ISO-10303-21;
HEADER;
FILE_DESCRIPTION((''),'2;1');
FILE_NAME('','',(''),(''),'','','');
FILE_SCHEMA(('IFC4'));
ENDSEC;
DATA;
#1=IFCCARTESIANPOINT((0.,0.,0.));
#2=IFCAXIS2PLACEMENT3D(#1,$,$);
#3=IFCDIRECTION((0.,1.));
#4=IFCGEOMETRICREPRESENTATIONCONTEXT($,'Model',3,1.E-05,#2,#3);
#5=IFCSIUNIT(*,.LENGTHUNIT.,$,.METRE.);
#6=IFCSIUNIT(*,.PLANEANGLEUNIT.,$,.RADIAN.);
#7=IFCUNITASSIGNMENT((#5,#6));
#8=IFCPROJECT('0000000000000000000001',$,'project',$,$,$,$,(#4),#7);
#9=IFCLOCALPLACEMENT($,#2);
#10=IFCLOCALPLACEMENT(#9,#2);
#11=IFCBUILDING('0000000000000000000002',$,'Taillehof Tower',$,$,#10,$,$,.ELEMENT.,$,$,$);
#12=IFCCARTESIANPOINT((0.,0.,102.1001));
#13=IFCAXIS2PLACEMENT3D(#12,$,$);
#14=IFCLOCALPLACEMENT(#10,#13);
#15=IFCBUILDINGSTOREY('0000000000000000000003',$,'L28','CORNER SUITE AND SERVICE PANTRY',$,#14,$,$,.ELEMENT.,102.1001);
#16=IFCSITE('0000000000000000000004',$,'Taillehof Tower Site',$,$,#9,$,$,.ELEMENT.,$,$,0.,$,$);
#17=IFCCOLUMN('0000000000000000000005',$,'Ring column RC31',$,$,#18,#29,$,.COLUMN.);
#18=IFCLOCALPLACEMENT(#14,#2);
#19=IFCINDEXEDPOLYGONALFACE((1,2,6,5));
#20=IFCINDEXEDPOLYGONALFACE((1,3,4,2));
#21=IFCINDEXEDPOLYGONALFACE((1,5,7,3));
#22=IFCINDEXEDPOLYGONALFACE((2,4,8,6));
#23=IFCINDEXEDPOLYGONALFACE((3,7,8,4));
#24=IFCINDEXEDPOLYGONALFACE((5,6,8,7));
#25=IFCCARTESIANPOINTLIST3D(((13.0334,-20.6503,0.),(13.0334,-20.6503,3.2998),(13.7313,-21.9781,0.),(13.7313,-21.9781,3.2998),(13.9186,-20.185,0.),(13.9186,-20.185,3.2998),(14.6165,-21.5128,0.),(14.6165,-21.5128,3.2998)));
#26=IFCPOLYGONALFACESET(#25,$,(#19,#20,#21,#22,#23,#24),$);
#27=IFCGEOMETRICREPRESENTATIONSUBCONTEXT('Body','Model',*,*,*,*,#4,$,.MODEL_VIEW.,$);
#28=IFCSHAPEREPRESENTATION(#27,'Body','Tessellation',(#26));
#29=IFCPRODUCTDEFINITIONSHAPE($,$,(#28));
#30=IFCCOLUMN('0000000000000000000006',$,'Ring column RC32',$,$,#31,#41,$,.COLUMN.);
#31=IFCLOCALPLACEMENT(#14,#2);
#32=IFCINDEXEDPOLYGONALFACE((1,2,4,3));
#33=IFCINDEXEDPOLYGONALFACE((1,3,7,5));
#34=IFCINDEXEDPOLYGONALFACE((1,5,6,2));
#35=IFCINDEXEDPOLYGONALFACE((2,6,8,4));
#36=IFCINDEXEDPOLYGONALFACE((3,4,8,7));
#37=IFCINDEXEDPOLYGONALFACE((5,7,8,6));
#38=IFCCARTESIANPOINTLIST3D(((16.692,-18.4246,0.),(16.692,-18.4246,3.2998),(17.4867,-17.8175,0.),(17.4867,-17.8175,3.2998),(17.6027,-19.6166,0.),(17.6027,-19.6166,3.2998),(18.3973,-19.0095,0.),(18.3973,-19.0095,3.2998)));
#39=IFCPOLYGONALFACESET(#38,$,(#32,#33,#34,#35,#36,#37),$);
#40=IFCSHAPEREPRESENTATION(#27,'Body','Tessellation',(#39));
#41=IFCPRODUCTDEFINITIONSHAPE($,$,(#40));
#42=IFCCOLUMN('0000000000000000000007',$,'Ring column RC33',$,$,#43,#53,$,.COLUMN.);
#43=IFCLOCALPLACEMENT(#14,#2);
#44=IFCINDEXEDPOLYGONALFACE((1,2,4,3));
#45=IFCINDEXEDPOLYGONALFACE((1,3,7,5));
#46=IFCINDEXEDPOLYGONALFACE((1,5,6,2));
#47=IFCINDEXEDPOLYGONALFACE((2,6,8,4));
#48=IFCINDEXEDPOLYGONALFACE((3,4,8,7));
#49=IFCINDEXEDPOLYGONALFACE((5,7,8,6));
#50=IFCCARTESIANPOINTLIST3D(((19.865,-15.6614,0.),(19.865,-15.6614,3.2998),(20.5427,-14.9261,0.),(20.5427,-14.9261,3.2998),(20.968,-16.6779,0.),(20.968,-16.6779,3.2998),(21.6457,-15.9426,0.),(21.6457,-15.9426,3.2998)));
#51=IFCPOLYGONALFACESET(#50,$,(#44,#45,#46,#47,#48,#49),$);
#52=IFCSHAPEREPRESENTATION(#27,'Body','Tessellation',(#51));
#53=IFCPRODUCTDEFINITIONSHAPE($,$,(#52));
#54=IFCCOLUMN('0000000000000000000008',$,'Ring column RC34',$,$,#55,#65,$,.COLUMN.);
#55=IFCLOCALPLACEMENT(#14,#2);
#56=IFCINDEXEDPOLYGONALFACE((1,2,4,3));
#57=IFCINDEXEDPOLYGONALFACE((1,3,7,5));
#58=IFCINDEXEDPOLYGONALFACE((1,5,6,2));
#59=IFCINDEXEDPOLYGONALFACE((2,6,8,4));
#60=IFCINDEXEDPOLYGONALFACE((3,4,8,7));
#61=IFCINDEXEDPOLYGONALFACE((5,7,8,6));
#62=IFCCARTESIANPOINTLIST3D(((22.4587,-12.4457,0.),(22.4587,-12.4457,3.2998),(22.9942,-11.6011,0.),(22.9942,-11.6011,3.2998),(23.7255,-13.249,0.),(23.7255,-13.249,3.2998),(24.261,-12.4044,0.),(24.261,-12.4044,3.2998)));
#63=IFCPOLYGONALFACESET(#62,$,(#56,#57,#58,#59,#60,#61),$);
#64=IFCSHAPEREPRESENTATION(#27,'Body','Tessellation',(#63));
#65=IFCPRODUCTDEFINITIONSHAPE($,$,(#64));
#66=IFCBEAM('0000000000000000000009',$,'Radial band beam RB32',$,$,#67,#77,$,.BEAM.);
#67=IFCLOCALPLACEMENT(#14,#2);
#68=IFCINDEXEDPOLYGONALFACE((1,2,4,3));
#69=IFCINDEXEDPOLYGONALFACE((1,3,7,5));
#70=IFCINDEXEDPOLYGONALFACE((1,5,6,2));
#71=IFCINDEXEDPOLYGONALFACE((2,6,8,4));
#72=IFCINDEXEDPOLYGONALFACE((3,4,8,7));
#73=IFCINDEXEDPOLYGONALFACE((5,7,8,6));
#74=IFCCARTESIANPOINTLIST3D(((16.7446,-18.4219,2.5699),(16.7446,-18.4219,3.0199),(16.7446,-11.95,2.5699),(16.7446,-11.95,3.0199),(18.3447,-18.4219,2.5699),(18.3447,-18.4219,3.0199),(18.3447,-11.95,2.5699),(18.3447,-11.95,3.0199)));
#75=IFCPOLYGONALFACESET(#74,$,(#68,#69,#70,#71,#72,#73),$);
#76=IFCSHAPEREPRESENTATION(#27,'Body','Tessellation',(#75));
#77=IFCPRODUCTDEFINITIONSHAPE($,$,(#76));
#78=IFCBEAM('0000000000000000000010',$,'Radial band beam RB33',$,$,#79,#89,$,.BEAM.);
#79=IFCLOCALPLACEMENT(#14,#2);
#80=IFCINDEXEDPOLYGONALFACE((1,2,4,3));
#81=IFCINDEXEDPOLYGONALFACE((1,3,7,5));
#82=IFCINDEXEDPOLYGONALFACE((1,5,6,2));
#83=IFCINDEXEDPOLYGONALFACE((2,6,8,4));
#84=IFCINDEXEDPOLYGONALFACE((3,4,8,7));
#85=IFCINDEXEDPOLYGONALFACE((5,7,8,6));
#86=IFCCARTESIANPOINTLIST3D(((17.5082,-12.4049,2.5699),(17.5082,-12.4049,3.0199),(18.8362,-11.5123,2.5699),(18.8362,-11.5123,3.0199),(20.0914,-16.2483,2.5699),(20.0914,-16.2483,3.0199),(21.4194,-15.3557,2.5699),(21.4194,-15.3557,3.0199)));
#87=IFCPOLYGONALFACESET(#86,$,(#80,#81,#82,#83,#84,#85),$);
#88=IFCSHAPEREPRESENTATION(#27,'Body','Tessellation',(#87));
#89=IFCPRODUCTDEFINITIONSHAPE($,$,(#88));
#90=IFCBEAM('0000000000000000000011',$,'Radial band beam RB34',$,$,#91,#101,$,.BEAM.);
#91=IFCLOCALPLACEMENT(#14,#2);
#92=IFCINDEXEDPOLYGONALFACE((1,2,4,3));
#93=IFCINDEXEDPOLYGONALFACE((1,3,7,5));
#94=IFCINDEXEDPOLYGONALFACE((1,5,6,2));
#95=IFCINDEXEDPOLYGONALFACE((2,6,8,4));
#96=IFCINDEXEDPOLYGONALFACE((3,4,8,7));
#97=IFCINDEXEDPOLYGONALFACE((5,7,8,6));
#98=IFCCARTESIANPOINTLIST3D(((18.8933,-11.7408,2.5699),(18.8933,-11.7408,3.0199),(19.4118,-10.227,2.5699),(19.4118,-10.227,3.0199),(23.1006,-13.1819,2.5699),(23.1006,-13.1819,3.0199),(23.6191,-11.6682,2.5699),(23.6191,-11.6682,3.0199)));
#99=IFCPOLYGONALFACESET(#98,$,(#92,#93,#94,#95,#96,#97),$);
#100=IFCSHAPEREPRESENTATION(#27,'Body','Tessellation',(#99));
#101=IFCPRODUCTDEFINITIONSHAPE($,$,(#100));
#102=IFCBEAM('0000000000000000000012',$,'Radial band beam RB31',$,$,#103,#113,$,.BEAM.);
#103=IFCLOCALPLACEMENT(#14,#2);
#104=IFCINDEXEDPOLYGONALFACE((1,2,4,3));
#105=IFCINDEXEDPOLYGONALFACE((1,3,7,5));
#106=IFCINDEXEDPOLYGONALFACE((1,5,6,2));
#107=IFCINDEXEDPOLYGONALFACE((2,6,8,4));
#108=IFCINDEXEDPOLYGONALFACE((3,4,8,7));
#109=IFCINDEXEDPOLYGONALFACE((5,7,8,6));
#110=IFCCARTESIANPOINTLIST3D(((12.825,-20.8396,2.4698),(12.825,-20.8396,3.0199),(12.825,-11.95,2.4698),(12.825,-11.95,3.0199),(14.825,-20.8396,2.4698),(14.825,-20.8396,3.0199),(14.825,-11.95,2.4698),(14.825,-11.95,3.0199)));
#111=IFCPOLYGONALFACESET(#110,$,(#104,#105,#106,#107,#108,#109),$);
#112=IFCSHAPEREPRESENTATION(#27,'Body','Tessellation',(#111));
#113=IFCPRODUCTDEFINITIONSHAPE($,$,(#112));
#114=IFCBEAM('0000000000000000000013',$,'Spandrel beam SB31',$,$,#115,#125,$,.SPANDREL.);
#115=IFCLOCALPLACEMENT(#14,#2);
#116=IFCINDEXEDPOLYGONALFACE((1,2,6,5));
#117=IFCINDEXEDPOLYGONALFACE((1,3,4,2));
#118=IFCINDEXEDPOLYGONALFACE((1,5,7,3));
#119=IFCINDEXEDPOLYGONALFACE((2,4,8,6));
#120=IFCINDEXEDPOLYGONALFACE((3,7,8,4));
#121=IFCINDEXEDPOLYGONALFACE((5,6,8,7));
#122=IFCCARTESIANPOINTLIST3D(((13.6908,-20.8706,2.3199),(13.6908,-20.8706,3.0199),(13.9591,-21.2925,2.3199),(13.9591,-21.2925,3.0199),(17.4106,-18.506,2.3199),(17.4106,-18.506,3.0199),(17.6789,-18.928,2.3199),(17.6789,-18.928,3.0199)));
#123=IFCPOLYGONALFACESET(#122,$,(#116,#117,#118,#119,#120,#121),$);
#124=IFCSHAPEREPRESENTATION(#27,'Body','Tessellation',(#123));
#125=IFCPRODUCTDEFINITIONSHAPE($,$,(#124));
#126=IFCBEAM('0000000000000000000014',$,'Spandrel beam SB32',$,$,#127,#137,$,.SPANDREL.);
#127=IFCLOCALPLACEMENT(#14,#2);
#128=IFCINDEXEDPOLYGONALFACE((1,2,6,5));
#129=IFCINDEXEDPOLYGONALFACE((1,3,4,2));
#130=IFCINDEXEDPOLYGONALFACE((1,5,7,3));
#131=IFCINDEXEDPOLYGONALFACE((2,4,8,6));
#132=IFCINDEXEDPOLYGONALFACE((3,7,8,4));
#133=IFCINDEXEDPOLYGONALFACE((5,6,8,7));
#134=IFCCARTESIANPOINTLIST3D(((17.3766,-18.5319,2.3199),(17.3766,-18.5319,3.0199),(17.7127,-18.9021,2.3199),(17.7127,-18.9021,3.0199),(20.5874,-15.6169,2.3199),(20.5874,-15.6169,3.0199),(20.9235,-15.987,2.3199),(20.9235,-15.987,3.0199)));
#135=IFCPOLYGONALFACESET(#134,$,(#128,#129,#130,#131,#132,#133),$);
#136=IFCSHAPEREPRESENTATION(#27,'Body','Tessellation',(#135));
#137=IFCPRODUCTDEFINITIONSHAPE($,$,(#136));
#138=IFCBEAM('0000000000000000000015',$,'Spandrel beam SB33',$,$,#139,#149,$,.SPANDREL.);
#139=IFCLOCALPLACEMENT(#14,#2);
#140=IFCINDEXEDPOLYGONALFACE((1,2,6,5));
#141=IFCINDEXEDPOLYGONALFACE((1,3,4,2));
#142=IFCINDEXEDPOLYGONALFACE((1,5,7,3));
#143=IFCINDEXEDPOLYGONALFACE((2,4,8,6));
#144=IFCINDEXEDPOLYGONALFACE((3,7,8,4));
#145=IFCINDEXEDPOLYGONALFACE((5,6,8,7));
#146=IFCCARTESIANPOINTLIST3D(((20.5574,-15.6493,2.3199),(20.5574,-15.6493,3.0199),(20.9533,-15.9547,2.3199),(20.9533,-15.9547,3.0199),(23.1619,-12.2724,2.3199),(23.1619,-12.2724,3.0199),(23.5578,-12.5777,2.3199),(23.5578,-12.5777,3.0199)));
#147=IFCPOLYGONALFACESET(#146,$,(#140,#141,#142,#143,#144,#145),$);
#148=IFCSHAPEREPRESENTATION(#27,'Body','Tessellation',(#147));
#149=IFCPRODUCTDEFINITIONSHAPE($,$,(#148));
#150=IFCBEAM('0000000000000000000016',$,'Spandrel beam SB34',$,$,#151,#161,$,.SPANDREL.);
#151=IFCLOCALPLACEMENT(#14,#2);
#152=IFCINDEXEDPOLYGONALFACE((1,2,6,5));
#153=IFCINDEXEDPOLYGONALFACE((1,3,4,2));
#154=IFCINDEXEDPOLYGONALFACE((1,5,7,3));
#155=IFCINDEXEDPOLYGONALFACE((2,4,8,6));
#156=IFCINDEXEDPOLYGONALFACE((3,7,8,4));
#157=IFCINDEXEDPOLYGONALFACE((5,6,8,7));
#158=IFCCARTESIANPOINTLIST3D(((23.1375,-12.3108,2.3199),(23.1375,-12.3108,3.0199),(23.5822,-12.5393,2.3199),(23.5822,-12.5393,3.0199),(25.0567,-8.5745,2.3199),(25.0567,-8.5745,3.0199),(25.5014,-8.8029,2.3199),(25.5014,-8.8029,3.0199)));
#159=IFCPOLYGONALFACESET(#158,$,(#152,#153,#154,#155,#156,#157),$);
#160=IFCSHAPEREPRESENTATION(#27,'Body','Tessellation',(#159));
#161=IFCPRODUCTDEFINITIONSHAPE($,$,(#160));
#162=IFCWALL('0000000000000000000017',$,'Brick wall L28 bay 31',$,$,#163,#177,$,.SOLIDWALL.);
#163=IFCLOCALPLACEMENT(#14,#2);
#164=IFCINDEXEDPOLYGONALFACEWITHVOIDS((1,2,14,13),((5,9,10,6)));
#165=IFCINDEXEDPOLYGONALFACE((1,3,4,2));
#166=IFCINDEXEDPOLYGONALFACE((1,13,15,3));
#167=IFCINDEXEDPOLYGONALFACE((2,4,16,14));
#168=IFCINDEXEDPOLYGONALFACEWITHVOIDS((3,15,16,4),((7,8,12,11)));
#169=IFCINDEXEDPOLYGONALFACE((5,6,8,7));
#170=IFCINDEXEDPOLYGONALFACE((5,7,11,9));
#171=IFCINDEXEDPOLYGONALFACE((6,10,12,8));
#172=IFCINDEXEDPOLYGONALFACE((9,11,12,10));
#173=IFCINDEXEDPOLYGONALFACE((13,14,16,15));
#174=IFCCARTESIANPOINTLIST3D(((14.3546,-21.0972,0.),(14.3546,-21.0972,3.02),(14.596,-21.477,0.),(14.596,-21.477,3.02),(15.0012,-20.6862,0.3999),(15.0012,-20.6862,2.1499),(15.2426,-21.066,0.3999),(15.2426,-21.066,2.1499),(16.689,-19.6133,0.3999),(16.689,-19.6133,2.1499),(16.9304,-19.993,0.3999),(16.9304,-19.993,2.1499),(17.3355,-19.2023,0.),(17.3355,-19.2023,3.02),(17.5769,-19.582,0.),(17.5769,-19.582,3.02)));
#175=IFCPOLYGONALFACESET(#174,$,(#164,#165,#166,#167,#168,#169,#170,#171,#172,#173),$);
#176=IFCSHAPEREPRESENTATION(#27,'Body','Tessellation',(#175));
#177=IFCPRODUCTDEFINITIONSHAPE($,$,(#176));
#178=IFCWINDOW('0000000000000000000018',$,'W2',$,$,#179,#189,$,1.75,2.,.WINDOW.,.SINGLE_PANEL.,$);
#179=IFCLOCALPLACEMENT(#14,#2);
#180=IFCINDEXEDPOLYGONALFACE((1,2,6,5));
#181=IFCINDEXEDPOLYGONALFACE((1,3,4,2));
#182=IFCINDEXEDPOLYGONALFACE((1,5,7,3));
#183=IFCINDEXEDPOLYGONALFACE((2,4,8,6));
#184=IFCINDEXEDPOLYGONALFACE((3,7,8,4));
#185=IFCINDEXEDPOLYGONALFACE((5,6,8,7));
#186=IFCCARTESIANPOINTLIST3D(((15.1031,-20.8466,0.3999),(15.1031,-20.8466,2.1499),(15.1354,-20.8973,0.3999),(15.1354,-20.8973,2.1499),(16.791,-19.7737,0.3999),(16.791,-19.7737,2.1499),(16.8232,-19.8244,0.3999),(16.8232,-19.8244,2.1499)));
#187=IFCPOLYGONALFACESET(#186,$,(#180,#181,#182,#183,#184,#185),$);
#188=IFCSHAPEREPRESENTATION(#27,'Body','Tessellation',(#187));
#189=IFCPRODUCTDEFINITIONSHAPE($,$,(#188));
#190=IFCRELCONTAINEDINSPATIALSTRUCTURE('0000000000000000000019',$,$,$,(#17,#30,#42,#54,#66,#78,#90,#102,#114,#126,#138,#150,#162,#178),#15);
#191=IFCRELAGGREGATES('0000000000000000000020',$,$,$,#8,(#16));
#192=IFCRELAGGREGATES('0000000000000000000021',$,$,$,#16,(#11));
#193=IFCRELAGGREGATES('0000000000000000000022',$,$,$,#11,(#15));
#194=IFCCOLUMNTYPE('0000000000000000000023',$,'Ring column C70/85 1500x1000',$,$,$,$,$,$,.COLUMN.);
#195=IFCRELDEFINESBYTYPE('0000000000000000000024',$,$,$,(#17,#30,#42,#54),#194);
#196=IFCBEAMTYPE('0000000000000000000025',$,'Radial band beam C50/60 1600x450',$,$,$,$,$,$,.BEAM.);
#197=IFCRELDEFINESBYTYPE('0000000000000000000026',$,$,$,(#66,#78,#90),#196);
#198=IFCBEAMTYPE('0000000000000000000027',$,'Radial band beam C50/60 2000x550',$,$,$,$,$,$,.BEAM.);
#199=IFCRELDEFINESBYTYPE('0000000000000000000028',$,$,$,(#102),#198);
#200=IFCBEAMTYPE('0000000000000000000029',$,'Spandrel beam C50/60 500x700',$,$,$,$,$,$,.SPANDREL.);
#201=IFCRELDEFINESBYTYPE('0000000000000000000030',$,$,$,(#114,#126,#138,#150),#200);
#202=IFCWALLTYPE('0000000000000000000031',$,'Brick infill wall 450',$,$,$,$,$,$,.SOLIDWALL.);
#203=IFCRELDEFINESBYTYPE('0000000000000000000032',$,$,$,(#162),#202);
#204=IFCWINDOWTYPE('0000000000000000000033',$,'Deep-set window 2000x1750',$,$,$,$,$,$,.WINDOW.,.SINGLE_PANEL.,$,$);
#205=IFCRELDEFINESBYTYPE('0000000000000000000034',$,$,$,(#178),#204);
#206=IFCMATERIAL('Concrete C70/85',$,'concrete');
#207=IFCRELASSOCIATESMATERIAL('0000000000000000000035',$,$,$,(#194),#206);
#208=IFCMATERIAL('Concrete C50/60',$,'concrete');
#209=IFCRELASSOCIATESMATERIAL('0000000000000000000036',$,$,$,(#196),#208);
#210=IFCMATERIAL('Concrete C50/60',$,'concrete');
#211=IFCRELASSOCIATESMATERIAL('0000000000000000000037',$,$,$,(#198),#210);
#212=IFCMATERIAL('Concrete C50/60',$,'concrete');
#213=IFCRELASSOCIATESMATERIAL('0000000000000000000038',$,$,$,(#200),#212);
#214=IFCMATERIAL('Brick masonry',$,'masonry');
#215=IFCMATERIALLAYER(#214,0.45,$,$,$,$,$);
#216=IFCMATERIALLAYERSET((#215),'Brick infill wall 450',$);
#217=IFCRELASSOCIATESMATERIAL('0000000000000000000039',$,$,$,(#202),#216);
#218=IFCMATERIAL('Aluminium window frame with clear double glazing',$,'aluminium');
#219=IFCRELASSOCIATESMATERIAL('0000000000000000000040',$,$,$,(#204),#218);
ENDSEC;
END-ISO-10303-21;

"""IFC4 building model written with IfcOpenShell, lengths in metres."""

from ifc_helpers import new_model, si_unit, direction, frame, frame_2d, origin, origin_2d, place, context, subcontext, project, spatial, rectangle, extrude, material, layer, layer_set, material_profile, profile_set, type_object, element, fill, save


model = new_model("IFC4")

# Units and contexts
model_context = context("Model", 3, precision=1e-05, world=origin(), true_north=direction((0.0, 1.0)))
body_context = subcontext(model_context, "Body", "Model", "MODEL_VIEW")
ifc_project = project(units=[si_unit("LENGTHUNIT", "METRE"), si_unit("PLANEANGLEUNIT", "RADIAN")], contexts=[model_context])

# Site, building, storey
site_placement = place(None, origin())
site = spatial("IfcSite", under=ifc_project, at=site_placement, Name="Taillehof Tower Site", CompositionType="ELEMENT", RefElevation=0.0)
building_placement = place(site_placement, origin())
building = spatial("IfcBuilding", under=site, at=building_placement, Name="Taillehof Tower", CompositionType="ELEMENT")
storey_placement = place(building_placement, frame((0.0, 0.0, 102.1001)))
storey = spatial("IfcBuildingStorey", under=building, at=storey_placement, Name="L28", Description="CORNER SUITE AND SERVICE PANTRY", CompositionType="ELEMENT", Elevation=102.1001)

# Columns
ifc_material_1 = material(Name="Concrete C70/85", Category="concrete")
ifc_material_profile_1 = material_profile(ifc_material_1, rectangle(XDim=1.5, YDim=1.0, at=origin_2d()), Name="RC 1500x1000")
ifc_profile_set_1 = profile_set([ifc_material_profile_1], Name="Concrete C70/85")
column_type = type_object("IfcColumnType", Name="Ring column C70/85 1500x1000", PredefinedType="COLUMN", material=ifc_profile_set_1)
for number, where, z_axis, x_axis, name in (
    (1, (13.825, -21.0815, 0.0), (0.0, 0.0, 1.0), (0.465283, -0.885162, 0.0), "Ring column RC31"),
    (2, (17.5447, -18.717, 0.0), (0.0, 0.0, 1.0), (0.607074, -0.794645, 0.0), "Ring column RC32"),
    (3, (20.7554, -15.802, 0.0), (0.0, 0.0, 1.0), (0.735332, -0.677707, 0.0), "Ring column RC33"),
    (4, (23.3599, -12.425, 0.0), (0.0, 0.0, 1.0), (0.844511, -0.535537, 0.0), "Ring column RC34"),
):
    element("IfcColumn", number, at=place(storey_placement, frame(where, z_axis=z_axis, x_axis=x_axis)), inside=storey, type_object=column_type, Name=name, PredefinedType="COLUMN", context=body_context, shape_type="SweptSolid", body=[
        extrude(rectangle(XDim=1.5, YDim=1.0, at=origin_2d()), origin(), (0.0, 0.0, 1.0), 3.2998),
    ])

# Beams
ifc_material_2 = material(Name="Concrete C50/60", Category="concrete")
ifc_material_profile_2 = material_profile(ifc_material_2, rectangle(XDim=1.6001, YDim=0.45, at=origin_2d()), Name="RC 1600x450")
ifc_profile_set_2 = profile_set([ifc_material_profile_2], Name="Concrete C50/60")
beam_type_1 = type_object("IfcBeamType", Name="Radial band beam C50/60 1600x450", PredefinedType="BEAM", material=ifc_profile_set_2)
beam_1_placement = place(storey_placement, frame((17.5447, -18.4219, 2.7949), z_axis=(0.0, 1.0, 0.0), x_axis=(-1.0, 0.0, 0.0)))
element("IfcBeam", 5, at=beam_1_placement, inside=storey, type_object=beam_type_1, Name="Radial band beam RB32", PredefinedType="BEAM", context=body_context, shape_type="SweptSolid", body=[
    extrude(rectangle(XDim=1.6001, YDim=0.45, at=origin_2d()), origin(), (0.0, 0.0, 1.0), 6.4719),
])
beam_2_placement = place(storey_placement, frame((20.7554, -15.802, 2.7949), z_axis=(-0.557823, 0.82996, 0.0), x_axis=(-0.82996, -0.557823, 0.0)))
element("IfcBeam", 6, at=beam_2_placement, inside=storey, type_object=beam_type_1, Name="Radial band beam RB33", PredefinedType="BEAM", context=body_context, shape_type="SweptSolid", body=[
    extrude(rectangle(XDim=1.6001, YDim=0.45, at=origin_2d()), origin(), (0.0, 0.0, 1.0), 4.6309),
])
beam_3_placement = place(storey_placement, frame((23.3599, -12.425, 2.7949), z_axis=(-0.946038, 0.324056, 0.0), x_axis=(-0.324056, -0.946038, 0.0)))
element("IfcBeam", 7, at=beam_3_placement, inside=storey, type_object=beam_type_1, Name="Radial band beam RB34", PredefinedType="BEAM", context=body_context, shape_type="SweptSolid", body=[
    extrude(rectangle(XDim=1.6001, YDim=0.45, at=origin_2d()), origin(), (0.0, 0.0, 1.0), 4.4473),
])
ifc_material_3 = material(Name="Concrete C50/60", Category="concrete")
ifc_material_profile_3 = material_profile(ifc_material_3, rectangle(XDim=2.0, YDim=0.55, at=origin_2d()), Name="RC 2000x550")
ifc_profile_set_3 = profile_set([ifc_material_profile_3], Name="Concrete C50/60")
beam_type_2 = type_object("IfcBeamType", Name="Radial band beam C50/60 2000x550", PredefinedType="BEAM", material=ifc_profile_set_3)
beam_4_placement = place(storey_placement, frame((13.825, -20.8396, 2.7449), z_axis=(0.0, 1.0, 0.0), x_axis=(-1.0, 0.0, 0.0)))
element("IfcBeam", 8, at=beam_4_placement, inside=storey, type_object=beam_type_2, Name="Radial band beam RB31", PredefinedType="BEAM", context=body_context, shape_type="SweptSolid", body=[
    extrude(rectangle(XDim=2.0, YDim=0.55, at=origin_2d()), origin(), (0.0, 0.0, 1.0), 8.8896),
])
ifc_material_4 = material(Name="Concrete C50/60", Category="concrete")
ifc_material_profile_4 = material_profile(ifc_material_4, rectangle(XDim=0.5, YDim=0.7, at=origin_2d()), Name="RC 500x700")
ifc_profile_set_4 = profile_set([ifc_material_profile_4], Name="Concrete C50/60")
beam_type_3 = type_object("IfcBeamType", Name="Spandrel beam C50/60 500x700", PredefinedType="SPANDREL", material=ifc_profile_set_4)
beam_5_placement = place(storey_placement, frame((13.825, -21.0815, 2.6699), z_axis=(0.843928, 0.536456, 0.0), x_axis=(-0.536456, 0.843928, 0.0)))
element("IfcBeam", 9, at=beam_5_placement, inside=storey, type_object=beam_type_3, Name="Spandrel beam SB31", PredefinedType="SPANDREL", context=body_context, shape_type="SweptSolid", body=[
    extrude(rectangle(XDim=0.5, YDim=0.7, at=origin_2d()), origin(), (0.0, 0.0, 1.0), 4.4077),
])
beam_6_placement = place(storey_placement, frame((17.5447, -18.717, 2.6699), z_axis=(0.740373, 0.672196, 0.0), x_axis=(-0.672196, 0.740373, 0.0)))
element("IfcBeam", 10, at=beam_6_placement, inside=storey, type_object=beam_type_3, Name="Spandrel beam SB32", PredefinedType="SPANDREL", context=body_context, shape_type="SweptSolid", body=[
    extrude(rectangle(XDim=0.5, YDim=0.7, at=origin_2d()), origin(), (0.0, 0.0, 1.0), 4.3367),
])
beam_7_placement = place(storey_placement, frame((20.7554, -15.802, 2.6699), z_axis=(0.610717, 0.791849, 0.0), x_axis=(-0.791849, 0.610717, 0.0)))
element("IfcBeam", 11, at=beam_7_placement, inside=storey, type_object=beam_type_3, Name="Spandrel beam SB33", PredefinedType="SPANDREL", context=body_context, shape_type="SweptSolid", body=[
    extrude(rectangle(XDim=0.5, YDim=0.7, at=origin_2d()), origin(), (0.0, 0.0, 1.0), 4.2646),
])
beam_8_placement = place(storey_placement, frame((23.3599, -12.425, 2.6699), z_axis=(0.456905, 0.889515, 0.0), x_axis=(-0.889515, 0.456905, 0.0)))
element("IfcBeam", 12, at=beam_8_placement, inside=storey, type_object=beam_type_3, Name="Spandrel beam SB34", PredefinedType="SPANDREL", context=body_context, shape_type="SweptSolid", body=[
    extrude(rectangle(XDim=0.5, YDim=0.7, at=origin_2d()), origin(), (0.0, 0.0, 1.0), 4.2004),
])

# Wall, opening, window
ifc_material_5 = material(Name="Brick masonry", Category="masonry")
ifc_layer_1 = layer(ifc_material_5, 0.45)
ifc_layer_set_1 = layer_set([ifc_layer_1], Name="Brick infill wall 450")
wall_type_1 = type_object("IfcWallType", Name="Brick infill wall 450", PredefinedType="SOLIDWALL", material=ifc_layer_set_1)
wall_1_placement = place(storey_placement, frame((14.4753, -21.2871, 0.0), z_axis=(0.0, 0.0, 1.0), x_axis=(0.843912, 0.536482, 0.0)))
wall_1 = element("IfcWall", 13, at=wall_1_placement, inside=storey, type_object=wall_type_1, Name="Brick wall L28 bay 31", PredefinedType="SOLIDWALL", context=body_context, shape_type="SweptSolid", body=[
    extrude(rectangle(XDim=3.5322, YDim=0.45, at=frame_2d((1.7661, 0.0))), origin(), (0.0, 0.0, 1.0), 3.02),
])
opening_1_placement = place(wall_1_placement, frame((0.7661, 0.0, 0.3999)))
opening_1 = element("IfcOpeningElement", 14, at=opening_1_placement, cuts=wall_1, PredefinedType="OPENING", context=body_context, shape_type="SweptSolid", body=[
    extrude(rectangle(XDim=2.0, YDim=1.75, at=frame_2d((1.0, 0.875))), frame((0.0, 0.2349, 0.0), z_axis=(0.0, -1.0, 0.0), x_axis=(1.0, 0.0, 0.0)), (0.0, 0.0, 1.0), 0.47),
])
ifc_material_6 = material(Name="Aluminium window frame with clear double glazing", Category="aluminium")
window_type_1 = type_object("IfcWindowType", Name="Deep-set window 2000x1750", PartitioningType="SINGLE_PANEL", PredefinedType="WINDOW", material=ifc_material_6)
window_1_placement = place(opening_1_placement, origin())
window_1 = element("IfcWindow", 15, at=window_1_placement, inside=storey, type_object=window_type_1, Name="W2", OverallHeight=1.75, OverallWidth=2.0, PartitioningType="SINGLE_PANEL", PredefinedType="WINDOW", context=body_context, shape_type="SweptSolid", body=[
    extrude(rectangle(XDim=2.0, YDim=1.75, at=frame_2d((1.0, 0.875))), frame((0.0, 0.0349, 0.0), z_axis=(0.0, -1.0, 0.0), x_axis=(1.0, 0.0, 0.0)), (0.0, 0.0, 1.0), 0.0601),
])
fill(opening_1, window_1)

save(model, "model.ifc")
